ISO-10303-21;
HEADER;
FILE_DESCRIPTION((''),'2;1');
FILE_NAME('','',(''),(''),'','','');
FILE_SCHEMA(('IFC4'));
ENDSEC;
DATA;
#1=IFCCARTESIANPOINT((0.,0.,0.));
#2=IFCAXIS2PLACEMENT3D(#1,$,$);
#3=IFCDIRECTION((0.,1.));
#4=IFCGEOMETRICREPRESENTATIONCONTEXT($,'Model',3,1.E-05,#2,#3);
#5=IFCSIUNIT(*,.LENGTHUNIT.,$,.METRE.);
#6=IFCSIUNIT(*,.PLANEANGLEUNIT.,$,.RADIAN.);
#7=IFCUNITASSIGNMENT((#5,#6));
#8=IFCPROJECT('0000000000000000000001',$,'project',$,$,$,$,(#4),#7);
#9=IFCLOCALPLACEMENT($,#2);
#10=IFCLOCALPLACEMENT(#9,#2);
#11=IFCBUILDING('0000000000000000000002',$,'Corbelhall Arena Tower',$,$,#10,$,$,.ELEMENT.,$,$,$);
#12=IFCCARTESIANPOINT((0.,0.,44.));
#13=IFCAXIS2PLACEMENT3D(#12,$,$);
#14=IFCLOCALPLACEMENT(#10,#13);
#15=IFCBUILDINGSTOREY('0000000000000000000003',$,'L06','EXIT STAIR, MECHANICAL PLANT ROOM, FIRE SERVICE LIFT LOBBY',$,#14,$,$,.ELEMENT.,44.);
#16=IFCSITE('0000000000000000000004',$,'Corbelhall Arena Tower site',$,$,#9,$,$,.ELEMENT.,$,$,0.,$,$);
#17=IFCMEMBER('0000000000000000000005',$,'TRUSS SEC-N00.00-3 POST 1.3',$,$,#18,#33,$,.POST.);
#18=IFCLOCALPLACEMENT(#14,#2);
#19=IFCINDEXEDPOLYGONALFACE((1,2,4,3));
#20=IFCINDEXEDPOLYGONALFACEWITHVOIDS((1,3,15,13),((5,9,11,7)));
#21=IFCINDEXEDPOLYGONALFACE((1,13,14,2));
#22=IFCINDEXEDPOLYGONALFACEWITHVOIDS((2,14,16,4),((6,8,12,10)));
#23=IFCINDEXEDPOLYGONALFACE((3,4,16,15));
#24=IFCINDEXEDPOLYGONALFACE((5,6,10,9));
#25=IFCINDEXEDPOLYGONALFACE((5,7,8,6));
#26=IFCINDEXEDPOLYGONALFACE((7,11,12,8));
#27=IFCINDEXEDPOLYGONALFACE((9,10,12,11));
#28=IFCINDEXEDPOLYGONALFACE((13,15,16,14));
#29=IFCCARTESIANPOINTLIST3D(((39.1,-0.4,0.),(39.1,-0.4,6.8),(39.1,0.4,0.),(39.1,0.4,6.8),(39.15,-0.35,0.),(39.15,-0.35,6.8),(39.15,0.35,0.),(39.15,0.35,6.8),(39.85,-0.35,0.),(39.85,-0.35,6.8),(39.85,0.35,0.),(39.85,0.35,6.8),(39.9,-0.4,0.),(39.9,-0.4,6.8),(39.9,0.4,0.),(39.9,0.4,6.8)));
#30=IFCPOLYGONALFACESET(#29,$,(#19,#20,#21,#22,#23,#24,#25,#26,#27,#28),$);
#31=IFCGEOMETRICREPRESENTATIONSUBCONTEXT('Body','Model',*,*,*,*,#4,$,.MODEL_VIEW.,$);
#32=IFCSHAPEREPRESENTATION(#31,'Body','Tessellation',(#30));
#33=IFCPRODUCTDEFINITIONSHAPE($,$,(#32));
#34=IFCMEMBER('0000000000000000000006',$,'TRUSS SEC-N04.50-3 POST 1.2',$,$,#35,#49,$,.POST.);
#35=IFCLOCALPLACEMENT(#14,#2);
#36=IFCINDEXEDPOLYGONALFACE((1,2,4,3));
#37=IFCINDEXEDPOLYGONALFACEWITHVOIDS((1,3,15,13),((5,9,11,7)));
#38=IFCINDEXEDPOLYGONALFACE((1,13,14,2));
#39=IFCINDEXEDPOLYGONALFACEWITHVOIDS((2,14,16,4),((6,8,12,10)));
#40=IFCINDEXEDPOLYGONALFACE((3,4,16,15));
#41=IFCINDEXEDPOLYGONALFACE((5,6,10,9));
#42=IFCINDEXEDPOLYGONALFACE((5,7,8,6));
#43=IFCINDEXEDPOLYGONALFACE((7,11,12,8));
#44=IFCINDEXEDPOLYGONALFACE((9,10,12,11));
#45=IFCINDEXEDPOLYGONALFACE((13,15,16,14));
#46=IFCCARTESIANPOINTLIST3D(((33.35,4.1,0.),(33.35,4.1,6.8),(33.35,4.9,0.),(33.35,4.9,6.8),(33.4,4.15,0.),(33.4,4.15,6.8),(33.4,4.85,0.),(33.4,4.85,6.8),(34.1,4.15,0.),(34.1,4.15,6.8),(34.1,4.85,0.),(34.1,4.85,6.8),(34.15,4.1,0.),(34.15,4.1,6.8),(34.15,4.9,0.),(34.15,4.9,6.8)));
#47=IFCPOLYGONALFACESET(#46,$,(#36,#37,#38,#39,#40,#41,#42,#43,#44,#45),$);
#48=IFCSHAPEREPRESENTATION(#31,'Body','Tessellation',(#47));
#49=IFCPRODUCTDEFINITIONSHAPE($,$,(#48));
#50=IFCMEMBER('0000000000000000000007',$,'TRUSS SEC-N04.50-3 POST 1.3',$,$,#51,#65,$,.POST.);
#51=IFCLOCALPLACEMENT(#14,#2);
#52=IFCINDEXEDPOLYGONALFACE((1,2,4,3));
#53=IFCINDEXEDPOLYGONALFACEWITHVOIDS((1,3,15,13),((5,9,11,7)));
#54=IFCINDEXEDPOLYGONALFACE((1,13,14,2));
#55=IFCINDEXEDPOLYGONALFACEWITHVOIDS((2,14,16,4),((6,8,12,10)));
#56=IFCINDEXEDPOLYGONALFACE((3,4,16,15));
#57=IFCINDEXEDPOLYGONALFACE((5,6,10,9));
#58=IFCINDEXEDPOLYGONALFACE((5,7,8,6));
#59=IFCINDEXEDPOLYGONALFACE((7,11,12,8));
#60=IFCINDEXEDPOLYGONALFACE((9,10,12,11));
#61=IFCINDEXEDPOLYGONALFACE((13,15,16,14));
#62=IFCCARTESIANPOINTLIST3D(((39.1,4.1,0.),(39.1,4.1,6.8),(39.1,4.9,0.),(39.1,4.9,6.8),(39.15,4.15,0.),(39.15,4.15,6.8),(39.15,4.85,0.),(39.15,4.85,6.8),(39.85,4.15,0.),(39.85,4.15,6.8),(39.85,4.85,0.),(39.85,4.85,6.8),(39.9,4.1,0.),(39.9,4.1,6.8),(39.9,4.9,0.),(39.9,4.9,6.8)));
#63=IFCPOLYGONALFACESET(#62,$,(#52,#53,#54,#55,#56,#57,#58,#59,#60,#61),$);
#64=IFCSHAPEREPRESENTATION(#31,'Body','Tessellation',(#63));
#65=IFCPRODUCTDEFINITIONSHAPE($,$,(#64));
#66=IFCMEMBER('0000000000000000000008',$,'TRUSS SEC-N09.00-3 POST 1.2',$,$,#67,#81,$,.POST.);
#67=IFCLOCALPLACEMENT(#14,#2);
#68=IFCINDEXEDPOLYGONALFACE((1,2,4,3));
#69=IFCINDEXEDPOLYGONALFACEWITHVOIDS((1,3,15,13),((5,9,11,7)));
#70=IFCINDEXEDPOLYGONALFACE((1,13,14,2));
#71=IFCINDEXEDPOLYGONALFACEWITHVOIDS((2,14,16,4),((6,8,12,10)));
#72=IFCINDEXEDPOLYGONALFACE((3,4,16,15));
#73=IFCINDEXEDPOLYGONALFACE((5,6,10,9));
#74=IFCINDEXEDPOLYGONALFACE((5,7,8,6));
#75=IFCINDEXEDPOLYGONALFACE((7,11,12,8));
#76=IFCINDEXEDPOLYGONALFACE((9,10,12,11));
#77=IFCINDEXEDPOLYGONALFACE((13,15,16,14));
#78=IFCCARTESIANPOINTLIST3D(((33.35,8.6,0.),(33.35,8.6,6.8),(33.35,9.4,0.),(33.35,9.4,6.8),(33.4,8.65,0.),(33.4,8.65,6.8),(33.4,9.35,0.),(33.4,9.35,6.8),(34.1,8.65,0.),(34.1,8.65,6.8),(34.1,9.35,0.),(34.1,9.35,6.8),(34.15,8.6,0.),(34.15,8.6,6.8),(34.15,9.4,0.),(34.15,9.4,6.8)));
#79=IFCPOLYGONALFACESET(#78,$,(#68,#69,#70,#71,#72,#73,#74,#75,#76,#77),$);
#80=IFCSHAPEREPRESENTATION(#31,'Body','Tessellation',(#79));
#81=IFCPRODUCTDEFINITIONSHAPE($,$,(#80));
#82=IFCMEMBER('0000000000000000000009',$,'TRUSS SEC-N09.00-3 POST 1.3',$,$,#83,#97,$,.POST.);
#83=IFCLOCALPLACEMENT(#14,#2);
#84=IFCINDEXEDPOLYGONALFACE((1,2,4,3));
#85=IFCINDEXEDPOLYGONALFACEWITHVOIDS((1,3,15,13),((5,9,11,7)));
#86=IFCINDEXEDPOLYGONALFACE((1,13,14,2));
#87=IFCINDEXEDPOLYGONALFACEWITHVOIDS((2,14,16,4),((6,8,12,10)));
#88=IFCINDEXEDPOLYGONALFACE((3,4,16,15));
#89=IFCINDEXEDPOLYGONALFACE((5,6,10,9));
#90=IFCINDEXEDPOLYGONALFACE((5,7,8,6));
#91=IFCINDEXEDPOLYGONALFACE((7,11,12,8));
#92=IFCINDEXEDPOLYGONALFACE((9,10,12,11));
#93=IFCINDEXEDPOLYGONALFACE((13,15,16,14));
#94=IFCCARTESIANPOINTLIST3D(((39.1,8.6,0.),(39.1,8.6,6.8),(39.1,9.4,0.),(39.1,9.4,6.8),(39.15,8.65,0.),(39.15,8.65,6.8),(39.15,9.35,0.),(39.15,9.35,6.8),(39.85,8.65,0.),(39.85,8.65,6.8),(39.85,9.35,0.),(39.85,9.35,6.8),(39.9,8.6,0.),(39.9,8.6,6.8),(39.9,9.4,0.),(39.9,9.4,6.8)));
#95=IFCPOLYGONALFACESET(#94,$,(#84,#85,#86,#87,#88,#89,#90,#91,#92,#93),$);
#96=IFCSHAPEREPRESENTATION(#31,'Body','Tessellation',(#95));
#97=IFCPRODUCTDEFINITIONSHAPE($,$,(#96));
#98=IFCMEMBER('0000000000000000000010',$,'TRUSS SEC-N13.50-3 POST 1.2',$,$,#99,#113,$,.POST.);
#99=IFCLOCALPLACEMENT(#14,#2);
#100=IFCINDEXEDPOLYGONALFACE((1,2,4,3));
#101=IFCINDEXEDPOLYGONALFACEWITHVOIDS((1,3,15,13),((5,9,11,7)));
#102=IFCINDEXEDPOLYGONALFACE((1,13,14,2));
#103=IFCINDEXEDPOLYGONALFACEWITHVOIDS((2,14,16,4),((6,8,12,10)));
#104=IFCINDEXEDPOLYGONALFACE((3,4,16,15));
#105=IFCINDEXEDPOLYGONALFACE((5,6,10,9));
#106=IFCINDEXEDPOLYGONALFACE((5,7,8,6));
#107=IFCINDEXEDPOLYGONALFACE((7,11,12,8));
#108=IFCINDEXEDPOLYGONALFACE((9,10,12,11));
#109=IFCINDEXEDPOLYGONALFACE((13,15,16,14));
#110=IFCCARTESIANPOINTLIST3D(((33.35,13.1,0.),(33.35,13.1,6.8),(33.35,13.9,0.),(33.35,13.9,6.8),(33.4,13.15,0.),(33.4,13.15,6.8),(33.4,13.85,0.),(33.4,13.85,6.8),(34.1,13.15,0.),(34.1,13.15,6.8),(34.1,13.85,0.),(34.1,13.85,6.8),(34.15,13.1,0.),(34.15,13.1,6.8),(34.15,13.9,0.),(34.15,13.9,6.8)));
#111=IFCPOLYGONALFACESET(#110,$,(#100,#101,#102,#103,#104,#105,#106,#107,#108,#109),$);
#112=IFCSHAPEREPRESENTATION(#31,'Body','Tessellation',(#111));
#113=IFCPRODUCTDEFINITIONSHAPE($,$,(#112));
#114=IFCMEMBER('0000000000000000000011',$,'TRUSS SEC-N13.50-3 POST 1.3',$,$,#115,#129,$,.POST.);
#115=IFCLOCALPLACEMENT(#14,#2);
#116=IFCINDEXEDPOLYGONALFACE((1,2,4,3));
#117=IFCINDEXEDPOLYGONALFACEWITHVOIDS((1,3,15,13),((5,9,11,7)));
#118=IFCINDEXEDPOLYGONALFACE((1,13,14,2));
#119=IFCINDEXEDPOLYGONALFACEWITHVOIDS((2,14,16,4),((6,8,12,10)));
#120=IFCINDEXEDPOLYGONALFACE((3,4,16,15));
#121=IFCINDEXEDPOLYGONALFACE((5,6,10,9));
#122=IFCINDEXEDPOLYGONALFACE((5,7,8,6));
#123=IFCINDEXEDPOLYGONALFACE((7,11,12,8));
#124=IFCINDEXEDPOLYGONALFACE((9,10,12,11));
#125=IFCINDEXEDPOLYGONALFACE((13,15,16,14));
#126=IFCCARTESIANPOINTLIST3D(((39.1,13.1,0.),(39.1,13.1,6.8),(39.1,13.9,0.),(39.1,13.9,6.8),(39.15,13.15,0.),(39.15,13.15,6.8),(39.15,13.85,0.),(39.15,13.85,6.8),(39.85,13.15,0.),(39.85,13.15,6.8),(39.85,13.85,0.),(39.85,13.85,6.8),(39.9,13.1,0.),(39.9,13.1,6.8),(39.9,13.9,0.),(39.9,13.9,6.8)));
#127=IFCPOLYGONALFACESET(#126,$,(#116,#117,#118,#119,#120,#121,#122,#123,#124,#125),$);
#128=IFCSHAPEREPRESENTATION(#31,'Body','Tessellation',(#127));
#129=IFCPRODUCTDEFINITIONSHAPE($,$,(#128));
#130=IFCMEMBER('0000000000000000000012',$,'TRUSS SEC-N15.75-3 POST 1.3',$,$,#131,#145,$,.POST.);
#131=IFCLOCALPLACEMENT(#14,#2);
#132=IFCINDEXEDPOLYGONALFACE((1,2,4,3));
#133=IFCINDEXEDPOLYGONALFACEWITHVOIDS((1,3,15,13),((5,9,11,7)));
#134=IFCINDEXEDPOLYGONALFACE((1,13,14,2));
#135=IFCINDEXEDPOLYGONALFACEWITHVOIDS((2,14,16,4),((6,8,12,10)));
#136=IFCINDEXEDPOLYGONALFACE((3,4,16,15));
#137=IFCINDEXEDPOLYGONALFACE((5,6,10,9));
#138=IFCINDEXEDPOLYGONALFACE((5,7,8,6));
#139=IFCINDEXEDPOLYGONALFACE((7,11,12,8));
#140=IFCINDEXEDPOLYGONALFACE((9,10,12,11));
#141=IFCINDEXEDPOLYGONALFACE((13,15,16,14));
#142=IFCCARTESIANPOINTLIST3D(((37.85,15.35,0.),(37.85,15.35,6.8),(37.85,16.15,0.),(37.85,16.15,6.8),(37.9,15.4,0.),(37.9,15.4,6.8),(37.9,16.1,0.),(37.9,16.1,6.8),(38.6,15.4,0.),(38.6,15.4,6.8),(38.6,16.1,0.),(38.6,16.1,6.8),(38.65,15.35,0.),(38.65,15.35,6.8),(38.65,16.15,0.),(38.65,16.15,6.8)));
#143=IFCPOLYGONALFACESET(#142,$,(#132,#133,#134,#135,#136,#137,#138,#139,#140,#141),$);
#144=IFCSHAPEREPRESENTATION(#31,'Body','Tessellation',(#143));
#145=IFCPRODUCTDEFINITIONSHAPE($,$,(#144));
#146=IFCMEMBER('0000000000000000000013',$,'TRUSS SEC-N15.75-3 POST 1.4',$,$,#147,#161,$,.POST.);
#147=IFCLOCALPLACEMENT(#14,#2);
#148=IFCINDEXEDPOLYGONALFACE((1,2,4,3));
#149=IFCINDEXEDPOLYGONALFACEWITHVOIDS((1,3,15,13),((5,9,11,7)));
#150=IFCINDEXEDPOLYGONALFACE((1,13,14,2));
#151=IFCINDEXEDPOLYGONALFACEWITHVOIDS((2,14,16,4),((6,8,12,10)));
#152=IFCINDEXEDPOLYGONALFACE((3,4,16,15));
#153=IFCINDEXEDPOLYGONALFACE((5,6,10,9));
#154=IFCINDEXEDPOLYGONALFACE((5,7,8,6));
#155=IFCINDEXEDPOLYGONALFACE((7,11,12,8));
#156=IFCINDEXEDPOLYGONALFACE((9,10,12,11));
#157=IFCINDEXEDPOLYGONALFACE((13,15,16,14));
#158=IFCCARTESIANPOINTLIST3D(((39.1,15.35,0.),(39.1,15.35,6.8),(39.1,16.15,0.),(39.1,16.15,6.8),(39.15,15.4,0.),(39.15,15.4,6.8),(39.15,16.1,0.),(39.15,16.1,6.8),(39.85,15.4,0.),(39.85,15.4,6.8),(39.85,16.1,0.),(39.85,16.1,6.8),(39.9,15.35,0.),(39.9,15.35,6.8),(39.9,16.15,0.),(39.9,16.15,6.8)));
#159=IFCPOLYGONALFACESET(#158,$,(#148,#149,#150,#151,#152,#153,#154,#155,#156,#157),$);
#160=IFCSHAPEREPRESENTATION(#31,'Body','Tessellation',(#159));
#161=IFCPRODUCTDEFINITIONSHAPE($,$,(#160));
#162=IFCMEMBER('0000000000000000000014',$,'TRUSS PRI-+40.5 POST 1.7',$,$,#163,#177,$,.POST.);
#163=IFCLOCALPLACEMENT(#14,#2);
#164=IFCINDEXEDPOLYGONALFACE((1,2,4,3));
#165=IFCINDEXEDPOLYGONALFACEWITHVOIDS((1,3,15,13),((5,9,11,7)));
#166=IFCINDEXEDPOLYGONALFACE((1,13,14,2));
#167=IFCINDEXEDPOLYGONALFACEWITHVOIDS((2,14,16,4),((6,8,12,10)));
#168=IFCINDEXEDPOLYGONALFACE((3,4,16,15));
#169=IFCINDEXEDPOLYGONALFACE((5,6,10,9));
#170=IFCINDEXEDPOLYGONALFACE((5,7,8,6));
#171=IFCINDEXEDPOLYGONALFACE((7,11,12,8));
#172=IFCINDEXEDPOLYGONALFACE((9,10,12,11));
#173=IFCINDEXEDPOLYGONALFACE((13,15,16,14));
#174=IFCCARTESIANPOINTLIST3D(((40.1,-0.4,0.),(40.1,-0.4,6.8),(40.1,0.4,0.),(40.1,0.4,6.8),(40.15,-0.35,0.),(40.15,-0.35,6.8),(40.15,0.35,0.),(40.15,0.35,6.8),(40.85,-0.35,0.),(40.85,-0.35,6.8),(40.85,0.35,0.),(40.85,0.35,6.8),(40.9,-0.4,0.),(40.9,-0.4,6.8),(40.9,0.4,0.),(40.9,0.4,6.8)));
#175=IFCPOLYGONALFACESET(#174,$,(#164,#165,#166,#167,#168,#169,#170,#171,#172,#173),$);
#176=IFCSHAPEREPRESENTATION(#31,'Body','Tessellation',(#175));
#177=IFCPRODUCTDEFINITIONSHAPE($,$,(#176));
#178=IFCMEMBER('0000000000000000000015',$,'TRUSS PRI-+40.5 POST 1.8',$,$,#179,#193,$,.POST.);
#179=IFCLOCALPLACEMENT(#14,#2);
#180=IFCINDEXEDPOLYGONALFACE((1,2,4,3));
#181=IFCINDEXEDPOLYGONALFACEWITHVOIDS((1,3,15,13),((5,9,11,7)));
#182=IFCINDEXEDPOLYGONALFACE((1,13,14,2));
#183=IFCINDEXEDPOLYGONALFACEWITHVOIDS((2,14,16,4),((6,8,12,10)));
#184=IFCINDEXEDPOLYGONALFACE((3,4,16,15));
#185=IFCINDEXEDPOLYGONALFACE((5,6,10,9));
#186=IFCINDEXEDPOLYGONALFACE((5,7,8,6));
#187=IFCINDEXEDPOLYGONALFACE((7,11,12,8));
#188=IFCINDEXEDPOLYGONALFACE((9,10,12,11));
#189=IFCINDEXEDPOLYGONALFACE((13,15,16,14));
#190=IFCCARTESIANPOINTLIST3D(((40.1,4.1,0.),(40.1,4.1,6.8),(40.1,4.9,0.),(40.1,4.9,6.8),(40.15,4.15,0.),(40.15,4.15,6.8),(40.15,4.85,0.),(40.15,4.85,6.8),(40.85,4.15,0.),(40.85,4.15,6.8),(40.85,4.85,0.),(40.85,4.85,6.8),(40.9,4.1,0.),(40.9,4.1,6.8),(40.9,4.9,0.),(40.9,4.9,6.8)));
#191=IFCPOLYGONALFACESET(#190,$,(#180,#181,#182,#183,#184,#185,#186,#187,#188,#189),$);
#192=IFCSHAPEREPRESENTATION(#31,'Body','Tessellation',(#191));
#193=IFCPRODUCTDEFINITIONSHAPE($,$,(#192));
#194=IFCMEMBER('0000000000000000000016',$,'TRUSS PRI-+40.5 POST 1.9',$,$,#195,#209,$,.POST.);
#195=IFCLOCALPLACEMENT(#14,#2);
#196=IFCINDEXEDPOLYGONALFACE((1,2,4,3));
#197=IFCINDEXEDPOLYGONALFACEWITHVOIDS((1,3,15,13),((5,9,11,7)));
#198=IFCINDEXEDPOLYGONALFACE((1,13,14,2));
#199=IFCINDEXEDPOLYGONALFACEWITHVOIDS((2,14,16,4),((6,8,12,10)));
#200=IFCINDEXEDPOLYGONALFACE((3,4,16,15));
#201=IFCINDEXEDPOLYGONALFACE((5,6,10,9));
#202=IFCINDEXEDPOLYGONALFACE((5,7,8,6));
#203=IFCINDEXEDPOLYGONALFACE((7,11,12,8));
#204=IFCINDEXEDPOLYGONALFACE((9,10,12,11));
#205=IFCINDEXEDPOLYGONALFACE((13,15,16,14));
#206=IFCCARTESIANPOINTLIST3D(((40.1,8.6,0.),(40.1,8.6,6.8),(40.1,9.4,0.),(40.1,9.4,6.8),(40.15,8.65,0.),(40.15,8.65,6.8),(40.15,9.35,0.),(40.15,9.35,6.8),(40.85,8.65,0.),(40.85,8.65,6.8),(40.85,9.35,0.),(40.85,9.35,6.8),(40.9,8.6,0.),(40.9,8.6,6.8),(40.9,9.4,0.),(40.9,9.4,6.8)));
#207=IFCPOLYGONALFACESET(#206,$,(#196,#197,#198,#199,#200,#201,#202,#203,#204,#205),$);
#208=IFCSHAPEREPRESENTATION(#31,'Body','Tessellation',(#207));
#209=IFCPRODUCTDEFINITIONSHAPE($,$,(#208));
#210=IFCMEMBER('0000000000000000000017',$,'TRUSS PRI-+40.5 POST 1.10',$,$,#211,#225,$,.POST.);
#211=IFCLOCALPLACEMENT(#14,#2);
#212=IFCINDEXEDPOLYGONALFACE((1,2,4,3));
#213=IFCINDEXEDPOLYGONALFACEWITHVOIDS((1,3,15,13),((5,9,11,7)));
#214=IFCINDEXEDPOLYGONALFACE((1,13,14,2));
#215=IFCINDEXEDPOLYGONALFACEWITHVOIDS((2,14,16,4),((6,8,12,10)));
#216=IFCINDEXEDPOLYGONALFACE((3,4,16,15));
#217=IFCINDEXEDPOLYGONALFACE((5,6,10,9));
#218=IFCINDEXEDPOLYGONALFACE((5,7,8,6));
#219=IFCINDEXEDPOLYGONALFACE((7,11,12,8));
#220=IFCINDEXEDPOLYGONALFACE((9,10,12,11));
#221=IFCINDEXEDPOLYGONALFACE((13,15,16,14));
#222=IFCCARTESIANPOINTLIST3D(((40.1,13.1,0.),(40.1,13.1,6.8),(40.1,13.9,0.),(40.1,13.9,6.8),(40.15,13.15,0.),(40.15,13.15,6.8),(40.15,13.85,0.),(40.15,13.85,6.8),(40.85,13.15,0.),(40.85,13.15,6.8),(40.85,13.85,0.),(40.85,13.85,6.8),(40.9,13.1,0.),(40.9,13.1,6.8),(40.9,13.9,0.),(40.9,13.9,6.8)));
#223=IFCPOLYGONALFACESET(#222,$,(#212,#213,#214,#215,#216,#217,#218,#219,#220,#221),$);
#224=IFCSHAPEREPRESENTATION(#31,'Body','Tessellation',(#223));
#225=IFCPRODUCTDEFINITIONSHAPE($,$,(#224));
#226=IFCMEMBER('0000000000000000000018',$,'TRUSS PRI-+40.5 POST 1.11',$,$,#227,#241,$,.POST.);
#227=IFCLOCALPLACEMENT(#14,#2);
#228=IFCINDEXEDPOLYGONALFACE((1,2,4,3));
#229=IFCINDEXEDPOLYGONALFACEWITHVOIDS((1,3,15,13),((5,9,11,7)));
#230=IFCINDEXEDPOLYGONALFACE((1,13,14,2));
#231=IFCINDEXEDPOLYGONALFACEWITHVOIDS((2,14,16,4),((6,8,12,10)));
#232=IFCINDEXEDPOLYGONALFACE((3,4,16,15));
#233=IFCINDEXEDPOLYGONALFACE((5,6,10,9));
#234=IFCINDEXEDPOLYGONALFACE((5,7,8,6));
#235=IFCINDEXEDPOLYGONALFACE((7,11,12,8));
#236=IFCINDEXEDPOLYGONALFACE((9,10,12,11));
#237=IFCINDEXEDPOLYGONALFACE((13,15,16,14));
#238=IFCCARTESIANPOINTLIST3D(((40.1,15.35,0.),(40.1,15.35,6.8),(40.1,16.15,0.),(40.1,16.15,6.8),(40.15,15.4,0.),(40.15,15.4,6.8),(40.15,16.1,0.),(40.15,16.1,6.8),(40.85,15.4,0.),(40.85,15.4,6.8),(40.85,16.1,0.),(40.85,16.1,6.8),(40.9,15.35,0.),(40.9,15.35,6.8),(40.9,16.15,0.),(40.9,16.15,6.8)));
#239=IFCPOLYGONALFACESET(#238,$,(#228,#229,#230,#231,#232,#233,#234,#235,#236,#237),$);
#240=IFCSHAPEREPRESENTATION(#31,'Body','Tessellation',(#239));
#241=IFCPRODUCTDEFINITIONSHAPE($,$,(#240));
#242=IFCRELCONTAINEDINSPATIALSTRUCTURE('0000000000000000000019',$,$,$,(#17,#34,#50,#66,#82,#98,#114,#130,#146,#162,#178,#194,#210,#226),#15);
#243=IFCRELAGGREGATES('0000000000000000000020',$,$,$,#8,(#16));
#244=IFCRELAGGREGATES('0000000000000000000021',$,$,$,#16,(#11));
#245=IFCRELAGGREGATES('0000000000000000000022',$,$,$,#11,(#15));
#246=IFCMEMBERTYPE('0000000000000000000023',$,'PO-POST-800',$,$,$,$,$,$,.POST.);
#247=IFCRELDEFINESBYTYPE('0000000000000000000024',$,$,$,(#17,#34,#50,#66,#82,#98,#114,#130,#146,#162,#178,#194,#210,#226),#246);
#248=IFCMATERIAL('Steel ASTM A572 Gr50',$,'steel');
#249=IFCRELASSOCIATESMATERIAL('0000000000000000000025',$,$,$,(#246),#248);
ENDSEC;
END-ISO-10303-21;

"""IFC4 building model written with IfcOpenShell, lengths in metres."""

from ifc_helpers import new_model, si_unit, direction, frame, origin, origin_2d, place, context, subcontext, project, spatial, hollow_rectangle, extrude, material, material_profile, profile_set, type_object, element, save


model = new_model("IFC4")

# Units and contexts
model_context = context("Model", 3, precision=1e-05, world=origin(), true_north=direction((0.0, 1.0)))
body_context = subcontext(model_context, "Body", "Model", "MODEL_VIEW")
ifc_project = project(units=[si_unit("LENGTHUNIT", "METRE"), si_unit("PLANEANGLEUNIT", "RADIAN")], contexts=[model_context])

# Site, building, storey
site_placement = place(None, origin())
site = spatial("IfcSite", under=ifc_project, at=site_placement, Name="Corbelhall Arena Tower site", CompositionType="ELEMENT", RefElevation=0.0)
building_placement = place(site_placement, origin())
building = spatial("IfcBuilding", under=site, at=building_placement, Name="Corbelhall Arena Tower", CompositionType="ELEMENT")
storey_placement = place(building_placement, frame((0.0, 0.0, 44.0)))
storey = spatial("IfcBuildingStorey", under=building, at=storey_placement, Name="L06", Description="EXIT STAIR, MECHANICAL PLANT ROOM, FIRE SERVICE LIFT LOBBY", CompositionType="ELEMENT", Elevation=44.0)

# Members
ifc_material_1 = material(Name="Steel ASTM A572 Gr50", Category="steel")
ifc_material_profile_1 = material_profile(ifc_material_1, hollow_rectangle(XDim=0.8, YDim=0.8, WallThickness=0.05, at=origin_2d()))
ifc_profile_set_1 = profile_set([ifc_material_profile_1], Name="Steel ASTM A572 Gr50")
member_type_1 = type_object("IfcMemberType", Name="PO-POST-800", PredefinedType="POST", material=ifc_profile_set_1)
for number, where, z_axis, x_axis, name in (
    (1, (39.5, 0.0, 0.0), (0.0, 0.0, 1.0), (1.0, 0.0, 0.0), "TRUSS SEC-N00.00-3 POST 1.3"),
    (2, (33.75, 4.5, 0.0), (0.0, 0.0, 1.0), (1.0, 0.0, 0.0), "TRUSS SEC-N04.50-3 POST 1.2"),
    (3, (39.5, 4.5, 0.0), (0.0, 0.0, 1.0), (1.0, 0.0, 0.0), "TRUSS SEC-N04.50-3 POST 1.3"),
    (4, (33.75, 9.0, 0.0), (0.0, 0.0, 1.0), (1.0, 0.0, 0.0), "TRUSS SEC-N09.00-3 POST 1.2"),
    (5, (39.5, 9.0, 0.0), (0.0, 0.0, 1.0), (1.0, 0.0, 0.0), "TRUSS SEC-N09.00-3 POST 1.3"),
    (6, (33.75, 13.5, 0.0), (0.0, 0.0, 1.0), (1.0, 0.0, 0.0), "TRUSS SEC-N13.50-3 POST 1.2"),
    (7, (39.5, 13.5, 0.0), (0.0, 0.0, 1.0), (1.0, 0.0, 0.0), "TRUSS SEC-N13.50-3 POST 1.3"),
    (8, (38.25, 15.75, 0.0), (0.0, 0.0, 1.0), (1.0, 0.0, 0.0), "TRUSS SEC-N15.75-3 POST 1.3"),
    (9, (39.5, 15.75, 0.0), (0.0, 0.0, 1.0), (1.0, 0.0, 0.0), "TRUSS SEC-N15.75-3 POST 1.4"),
    (10, (40.5, 0.0, 0.0), (0.0, 0.0, 1.0), (1.0, 0.0, 0.0), "TRUSS PRI-+40.5 POST 1.7"),
    (11, (40.5, 4.5, 0.0), (0.0, 0.0, 1.0), (1.0, 0.0, 0.0), "TRUSS PRI-+40.5 POST 1.8"),
    (12, (40.5, 9.0, 0.0), (0.0, 0.0, 1.0), (1.0, 0.0, 0.0), "TRUSS PRI-+40.5 POST 1.9"),
    (13, (40.5, 13.5, 0.0), (0.0, 0.0, 1.0), (1.0, 0.0, 0.0), "TRUSS PRI-+40.5 POST 1.10"),
    (14, (40.5, 15.75, 0.0), (0.0, 0.0, 1.0), (1.0, 0.0, 0.0), "TRUSS PRI-+40.5 POST 1.11"),
):
    element("IfcMember", number, at=place(storey_placement, frame(where, z_axis=z_axis, x_axis=x_axis)), inside=storey, type_object=member_type_1, Name=name, PredefinedType="POST", context=body_context, shape_type="SweptSolid", body=[
        extrude(hollow_rectangle(XDim=0.8, YDim=0.8, WallThickness=0.05, at=origin_2d()), origin(), (0.0, 0.0, 1.0), 6.8),
    ])

save(model, "model.ifc")
